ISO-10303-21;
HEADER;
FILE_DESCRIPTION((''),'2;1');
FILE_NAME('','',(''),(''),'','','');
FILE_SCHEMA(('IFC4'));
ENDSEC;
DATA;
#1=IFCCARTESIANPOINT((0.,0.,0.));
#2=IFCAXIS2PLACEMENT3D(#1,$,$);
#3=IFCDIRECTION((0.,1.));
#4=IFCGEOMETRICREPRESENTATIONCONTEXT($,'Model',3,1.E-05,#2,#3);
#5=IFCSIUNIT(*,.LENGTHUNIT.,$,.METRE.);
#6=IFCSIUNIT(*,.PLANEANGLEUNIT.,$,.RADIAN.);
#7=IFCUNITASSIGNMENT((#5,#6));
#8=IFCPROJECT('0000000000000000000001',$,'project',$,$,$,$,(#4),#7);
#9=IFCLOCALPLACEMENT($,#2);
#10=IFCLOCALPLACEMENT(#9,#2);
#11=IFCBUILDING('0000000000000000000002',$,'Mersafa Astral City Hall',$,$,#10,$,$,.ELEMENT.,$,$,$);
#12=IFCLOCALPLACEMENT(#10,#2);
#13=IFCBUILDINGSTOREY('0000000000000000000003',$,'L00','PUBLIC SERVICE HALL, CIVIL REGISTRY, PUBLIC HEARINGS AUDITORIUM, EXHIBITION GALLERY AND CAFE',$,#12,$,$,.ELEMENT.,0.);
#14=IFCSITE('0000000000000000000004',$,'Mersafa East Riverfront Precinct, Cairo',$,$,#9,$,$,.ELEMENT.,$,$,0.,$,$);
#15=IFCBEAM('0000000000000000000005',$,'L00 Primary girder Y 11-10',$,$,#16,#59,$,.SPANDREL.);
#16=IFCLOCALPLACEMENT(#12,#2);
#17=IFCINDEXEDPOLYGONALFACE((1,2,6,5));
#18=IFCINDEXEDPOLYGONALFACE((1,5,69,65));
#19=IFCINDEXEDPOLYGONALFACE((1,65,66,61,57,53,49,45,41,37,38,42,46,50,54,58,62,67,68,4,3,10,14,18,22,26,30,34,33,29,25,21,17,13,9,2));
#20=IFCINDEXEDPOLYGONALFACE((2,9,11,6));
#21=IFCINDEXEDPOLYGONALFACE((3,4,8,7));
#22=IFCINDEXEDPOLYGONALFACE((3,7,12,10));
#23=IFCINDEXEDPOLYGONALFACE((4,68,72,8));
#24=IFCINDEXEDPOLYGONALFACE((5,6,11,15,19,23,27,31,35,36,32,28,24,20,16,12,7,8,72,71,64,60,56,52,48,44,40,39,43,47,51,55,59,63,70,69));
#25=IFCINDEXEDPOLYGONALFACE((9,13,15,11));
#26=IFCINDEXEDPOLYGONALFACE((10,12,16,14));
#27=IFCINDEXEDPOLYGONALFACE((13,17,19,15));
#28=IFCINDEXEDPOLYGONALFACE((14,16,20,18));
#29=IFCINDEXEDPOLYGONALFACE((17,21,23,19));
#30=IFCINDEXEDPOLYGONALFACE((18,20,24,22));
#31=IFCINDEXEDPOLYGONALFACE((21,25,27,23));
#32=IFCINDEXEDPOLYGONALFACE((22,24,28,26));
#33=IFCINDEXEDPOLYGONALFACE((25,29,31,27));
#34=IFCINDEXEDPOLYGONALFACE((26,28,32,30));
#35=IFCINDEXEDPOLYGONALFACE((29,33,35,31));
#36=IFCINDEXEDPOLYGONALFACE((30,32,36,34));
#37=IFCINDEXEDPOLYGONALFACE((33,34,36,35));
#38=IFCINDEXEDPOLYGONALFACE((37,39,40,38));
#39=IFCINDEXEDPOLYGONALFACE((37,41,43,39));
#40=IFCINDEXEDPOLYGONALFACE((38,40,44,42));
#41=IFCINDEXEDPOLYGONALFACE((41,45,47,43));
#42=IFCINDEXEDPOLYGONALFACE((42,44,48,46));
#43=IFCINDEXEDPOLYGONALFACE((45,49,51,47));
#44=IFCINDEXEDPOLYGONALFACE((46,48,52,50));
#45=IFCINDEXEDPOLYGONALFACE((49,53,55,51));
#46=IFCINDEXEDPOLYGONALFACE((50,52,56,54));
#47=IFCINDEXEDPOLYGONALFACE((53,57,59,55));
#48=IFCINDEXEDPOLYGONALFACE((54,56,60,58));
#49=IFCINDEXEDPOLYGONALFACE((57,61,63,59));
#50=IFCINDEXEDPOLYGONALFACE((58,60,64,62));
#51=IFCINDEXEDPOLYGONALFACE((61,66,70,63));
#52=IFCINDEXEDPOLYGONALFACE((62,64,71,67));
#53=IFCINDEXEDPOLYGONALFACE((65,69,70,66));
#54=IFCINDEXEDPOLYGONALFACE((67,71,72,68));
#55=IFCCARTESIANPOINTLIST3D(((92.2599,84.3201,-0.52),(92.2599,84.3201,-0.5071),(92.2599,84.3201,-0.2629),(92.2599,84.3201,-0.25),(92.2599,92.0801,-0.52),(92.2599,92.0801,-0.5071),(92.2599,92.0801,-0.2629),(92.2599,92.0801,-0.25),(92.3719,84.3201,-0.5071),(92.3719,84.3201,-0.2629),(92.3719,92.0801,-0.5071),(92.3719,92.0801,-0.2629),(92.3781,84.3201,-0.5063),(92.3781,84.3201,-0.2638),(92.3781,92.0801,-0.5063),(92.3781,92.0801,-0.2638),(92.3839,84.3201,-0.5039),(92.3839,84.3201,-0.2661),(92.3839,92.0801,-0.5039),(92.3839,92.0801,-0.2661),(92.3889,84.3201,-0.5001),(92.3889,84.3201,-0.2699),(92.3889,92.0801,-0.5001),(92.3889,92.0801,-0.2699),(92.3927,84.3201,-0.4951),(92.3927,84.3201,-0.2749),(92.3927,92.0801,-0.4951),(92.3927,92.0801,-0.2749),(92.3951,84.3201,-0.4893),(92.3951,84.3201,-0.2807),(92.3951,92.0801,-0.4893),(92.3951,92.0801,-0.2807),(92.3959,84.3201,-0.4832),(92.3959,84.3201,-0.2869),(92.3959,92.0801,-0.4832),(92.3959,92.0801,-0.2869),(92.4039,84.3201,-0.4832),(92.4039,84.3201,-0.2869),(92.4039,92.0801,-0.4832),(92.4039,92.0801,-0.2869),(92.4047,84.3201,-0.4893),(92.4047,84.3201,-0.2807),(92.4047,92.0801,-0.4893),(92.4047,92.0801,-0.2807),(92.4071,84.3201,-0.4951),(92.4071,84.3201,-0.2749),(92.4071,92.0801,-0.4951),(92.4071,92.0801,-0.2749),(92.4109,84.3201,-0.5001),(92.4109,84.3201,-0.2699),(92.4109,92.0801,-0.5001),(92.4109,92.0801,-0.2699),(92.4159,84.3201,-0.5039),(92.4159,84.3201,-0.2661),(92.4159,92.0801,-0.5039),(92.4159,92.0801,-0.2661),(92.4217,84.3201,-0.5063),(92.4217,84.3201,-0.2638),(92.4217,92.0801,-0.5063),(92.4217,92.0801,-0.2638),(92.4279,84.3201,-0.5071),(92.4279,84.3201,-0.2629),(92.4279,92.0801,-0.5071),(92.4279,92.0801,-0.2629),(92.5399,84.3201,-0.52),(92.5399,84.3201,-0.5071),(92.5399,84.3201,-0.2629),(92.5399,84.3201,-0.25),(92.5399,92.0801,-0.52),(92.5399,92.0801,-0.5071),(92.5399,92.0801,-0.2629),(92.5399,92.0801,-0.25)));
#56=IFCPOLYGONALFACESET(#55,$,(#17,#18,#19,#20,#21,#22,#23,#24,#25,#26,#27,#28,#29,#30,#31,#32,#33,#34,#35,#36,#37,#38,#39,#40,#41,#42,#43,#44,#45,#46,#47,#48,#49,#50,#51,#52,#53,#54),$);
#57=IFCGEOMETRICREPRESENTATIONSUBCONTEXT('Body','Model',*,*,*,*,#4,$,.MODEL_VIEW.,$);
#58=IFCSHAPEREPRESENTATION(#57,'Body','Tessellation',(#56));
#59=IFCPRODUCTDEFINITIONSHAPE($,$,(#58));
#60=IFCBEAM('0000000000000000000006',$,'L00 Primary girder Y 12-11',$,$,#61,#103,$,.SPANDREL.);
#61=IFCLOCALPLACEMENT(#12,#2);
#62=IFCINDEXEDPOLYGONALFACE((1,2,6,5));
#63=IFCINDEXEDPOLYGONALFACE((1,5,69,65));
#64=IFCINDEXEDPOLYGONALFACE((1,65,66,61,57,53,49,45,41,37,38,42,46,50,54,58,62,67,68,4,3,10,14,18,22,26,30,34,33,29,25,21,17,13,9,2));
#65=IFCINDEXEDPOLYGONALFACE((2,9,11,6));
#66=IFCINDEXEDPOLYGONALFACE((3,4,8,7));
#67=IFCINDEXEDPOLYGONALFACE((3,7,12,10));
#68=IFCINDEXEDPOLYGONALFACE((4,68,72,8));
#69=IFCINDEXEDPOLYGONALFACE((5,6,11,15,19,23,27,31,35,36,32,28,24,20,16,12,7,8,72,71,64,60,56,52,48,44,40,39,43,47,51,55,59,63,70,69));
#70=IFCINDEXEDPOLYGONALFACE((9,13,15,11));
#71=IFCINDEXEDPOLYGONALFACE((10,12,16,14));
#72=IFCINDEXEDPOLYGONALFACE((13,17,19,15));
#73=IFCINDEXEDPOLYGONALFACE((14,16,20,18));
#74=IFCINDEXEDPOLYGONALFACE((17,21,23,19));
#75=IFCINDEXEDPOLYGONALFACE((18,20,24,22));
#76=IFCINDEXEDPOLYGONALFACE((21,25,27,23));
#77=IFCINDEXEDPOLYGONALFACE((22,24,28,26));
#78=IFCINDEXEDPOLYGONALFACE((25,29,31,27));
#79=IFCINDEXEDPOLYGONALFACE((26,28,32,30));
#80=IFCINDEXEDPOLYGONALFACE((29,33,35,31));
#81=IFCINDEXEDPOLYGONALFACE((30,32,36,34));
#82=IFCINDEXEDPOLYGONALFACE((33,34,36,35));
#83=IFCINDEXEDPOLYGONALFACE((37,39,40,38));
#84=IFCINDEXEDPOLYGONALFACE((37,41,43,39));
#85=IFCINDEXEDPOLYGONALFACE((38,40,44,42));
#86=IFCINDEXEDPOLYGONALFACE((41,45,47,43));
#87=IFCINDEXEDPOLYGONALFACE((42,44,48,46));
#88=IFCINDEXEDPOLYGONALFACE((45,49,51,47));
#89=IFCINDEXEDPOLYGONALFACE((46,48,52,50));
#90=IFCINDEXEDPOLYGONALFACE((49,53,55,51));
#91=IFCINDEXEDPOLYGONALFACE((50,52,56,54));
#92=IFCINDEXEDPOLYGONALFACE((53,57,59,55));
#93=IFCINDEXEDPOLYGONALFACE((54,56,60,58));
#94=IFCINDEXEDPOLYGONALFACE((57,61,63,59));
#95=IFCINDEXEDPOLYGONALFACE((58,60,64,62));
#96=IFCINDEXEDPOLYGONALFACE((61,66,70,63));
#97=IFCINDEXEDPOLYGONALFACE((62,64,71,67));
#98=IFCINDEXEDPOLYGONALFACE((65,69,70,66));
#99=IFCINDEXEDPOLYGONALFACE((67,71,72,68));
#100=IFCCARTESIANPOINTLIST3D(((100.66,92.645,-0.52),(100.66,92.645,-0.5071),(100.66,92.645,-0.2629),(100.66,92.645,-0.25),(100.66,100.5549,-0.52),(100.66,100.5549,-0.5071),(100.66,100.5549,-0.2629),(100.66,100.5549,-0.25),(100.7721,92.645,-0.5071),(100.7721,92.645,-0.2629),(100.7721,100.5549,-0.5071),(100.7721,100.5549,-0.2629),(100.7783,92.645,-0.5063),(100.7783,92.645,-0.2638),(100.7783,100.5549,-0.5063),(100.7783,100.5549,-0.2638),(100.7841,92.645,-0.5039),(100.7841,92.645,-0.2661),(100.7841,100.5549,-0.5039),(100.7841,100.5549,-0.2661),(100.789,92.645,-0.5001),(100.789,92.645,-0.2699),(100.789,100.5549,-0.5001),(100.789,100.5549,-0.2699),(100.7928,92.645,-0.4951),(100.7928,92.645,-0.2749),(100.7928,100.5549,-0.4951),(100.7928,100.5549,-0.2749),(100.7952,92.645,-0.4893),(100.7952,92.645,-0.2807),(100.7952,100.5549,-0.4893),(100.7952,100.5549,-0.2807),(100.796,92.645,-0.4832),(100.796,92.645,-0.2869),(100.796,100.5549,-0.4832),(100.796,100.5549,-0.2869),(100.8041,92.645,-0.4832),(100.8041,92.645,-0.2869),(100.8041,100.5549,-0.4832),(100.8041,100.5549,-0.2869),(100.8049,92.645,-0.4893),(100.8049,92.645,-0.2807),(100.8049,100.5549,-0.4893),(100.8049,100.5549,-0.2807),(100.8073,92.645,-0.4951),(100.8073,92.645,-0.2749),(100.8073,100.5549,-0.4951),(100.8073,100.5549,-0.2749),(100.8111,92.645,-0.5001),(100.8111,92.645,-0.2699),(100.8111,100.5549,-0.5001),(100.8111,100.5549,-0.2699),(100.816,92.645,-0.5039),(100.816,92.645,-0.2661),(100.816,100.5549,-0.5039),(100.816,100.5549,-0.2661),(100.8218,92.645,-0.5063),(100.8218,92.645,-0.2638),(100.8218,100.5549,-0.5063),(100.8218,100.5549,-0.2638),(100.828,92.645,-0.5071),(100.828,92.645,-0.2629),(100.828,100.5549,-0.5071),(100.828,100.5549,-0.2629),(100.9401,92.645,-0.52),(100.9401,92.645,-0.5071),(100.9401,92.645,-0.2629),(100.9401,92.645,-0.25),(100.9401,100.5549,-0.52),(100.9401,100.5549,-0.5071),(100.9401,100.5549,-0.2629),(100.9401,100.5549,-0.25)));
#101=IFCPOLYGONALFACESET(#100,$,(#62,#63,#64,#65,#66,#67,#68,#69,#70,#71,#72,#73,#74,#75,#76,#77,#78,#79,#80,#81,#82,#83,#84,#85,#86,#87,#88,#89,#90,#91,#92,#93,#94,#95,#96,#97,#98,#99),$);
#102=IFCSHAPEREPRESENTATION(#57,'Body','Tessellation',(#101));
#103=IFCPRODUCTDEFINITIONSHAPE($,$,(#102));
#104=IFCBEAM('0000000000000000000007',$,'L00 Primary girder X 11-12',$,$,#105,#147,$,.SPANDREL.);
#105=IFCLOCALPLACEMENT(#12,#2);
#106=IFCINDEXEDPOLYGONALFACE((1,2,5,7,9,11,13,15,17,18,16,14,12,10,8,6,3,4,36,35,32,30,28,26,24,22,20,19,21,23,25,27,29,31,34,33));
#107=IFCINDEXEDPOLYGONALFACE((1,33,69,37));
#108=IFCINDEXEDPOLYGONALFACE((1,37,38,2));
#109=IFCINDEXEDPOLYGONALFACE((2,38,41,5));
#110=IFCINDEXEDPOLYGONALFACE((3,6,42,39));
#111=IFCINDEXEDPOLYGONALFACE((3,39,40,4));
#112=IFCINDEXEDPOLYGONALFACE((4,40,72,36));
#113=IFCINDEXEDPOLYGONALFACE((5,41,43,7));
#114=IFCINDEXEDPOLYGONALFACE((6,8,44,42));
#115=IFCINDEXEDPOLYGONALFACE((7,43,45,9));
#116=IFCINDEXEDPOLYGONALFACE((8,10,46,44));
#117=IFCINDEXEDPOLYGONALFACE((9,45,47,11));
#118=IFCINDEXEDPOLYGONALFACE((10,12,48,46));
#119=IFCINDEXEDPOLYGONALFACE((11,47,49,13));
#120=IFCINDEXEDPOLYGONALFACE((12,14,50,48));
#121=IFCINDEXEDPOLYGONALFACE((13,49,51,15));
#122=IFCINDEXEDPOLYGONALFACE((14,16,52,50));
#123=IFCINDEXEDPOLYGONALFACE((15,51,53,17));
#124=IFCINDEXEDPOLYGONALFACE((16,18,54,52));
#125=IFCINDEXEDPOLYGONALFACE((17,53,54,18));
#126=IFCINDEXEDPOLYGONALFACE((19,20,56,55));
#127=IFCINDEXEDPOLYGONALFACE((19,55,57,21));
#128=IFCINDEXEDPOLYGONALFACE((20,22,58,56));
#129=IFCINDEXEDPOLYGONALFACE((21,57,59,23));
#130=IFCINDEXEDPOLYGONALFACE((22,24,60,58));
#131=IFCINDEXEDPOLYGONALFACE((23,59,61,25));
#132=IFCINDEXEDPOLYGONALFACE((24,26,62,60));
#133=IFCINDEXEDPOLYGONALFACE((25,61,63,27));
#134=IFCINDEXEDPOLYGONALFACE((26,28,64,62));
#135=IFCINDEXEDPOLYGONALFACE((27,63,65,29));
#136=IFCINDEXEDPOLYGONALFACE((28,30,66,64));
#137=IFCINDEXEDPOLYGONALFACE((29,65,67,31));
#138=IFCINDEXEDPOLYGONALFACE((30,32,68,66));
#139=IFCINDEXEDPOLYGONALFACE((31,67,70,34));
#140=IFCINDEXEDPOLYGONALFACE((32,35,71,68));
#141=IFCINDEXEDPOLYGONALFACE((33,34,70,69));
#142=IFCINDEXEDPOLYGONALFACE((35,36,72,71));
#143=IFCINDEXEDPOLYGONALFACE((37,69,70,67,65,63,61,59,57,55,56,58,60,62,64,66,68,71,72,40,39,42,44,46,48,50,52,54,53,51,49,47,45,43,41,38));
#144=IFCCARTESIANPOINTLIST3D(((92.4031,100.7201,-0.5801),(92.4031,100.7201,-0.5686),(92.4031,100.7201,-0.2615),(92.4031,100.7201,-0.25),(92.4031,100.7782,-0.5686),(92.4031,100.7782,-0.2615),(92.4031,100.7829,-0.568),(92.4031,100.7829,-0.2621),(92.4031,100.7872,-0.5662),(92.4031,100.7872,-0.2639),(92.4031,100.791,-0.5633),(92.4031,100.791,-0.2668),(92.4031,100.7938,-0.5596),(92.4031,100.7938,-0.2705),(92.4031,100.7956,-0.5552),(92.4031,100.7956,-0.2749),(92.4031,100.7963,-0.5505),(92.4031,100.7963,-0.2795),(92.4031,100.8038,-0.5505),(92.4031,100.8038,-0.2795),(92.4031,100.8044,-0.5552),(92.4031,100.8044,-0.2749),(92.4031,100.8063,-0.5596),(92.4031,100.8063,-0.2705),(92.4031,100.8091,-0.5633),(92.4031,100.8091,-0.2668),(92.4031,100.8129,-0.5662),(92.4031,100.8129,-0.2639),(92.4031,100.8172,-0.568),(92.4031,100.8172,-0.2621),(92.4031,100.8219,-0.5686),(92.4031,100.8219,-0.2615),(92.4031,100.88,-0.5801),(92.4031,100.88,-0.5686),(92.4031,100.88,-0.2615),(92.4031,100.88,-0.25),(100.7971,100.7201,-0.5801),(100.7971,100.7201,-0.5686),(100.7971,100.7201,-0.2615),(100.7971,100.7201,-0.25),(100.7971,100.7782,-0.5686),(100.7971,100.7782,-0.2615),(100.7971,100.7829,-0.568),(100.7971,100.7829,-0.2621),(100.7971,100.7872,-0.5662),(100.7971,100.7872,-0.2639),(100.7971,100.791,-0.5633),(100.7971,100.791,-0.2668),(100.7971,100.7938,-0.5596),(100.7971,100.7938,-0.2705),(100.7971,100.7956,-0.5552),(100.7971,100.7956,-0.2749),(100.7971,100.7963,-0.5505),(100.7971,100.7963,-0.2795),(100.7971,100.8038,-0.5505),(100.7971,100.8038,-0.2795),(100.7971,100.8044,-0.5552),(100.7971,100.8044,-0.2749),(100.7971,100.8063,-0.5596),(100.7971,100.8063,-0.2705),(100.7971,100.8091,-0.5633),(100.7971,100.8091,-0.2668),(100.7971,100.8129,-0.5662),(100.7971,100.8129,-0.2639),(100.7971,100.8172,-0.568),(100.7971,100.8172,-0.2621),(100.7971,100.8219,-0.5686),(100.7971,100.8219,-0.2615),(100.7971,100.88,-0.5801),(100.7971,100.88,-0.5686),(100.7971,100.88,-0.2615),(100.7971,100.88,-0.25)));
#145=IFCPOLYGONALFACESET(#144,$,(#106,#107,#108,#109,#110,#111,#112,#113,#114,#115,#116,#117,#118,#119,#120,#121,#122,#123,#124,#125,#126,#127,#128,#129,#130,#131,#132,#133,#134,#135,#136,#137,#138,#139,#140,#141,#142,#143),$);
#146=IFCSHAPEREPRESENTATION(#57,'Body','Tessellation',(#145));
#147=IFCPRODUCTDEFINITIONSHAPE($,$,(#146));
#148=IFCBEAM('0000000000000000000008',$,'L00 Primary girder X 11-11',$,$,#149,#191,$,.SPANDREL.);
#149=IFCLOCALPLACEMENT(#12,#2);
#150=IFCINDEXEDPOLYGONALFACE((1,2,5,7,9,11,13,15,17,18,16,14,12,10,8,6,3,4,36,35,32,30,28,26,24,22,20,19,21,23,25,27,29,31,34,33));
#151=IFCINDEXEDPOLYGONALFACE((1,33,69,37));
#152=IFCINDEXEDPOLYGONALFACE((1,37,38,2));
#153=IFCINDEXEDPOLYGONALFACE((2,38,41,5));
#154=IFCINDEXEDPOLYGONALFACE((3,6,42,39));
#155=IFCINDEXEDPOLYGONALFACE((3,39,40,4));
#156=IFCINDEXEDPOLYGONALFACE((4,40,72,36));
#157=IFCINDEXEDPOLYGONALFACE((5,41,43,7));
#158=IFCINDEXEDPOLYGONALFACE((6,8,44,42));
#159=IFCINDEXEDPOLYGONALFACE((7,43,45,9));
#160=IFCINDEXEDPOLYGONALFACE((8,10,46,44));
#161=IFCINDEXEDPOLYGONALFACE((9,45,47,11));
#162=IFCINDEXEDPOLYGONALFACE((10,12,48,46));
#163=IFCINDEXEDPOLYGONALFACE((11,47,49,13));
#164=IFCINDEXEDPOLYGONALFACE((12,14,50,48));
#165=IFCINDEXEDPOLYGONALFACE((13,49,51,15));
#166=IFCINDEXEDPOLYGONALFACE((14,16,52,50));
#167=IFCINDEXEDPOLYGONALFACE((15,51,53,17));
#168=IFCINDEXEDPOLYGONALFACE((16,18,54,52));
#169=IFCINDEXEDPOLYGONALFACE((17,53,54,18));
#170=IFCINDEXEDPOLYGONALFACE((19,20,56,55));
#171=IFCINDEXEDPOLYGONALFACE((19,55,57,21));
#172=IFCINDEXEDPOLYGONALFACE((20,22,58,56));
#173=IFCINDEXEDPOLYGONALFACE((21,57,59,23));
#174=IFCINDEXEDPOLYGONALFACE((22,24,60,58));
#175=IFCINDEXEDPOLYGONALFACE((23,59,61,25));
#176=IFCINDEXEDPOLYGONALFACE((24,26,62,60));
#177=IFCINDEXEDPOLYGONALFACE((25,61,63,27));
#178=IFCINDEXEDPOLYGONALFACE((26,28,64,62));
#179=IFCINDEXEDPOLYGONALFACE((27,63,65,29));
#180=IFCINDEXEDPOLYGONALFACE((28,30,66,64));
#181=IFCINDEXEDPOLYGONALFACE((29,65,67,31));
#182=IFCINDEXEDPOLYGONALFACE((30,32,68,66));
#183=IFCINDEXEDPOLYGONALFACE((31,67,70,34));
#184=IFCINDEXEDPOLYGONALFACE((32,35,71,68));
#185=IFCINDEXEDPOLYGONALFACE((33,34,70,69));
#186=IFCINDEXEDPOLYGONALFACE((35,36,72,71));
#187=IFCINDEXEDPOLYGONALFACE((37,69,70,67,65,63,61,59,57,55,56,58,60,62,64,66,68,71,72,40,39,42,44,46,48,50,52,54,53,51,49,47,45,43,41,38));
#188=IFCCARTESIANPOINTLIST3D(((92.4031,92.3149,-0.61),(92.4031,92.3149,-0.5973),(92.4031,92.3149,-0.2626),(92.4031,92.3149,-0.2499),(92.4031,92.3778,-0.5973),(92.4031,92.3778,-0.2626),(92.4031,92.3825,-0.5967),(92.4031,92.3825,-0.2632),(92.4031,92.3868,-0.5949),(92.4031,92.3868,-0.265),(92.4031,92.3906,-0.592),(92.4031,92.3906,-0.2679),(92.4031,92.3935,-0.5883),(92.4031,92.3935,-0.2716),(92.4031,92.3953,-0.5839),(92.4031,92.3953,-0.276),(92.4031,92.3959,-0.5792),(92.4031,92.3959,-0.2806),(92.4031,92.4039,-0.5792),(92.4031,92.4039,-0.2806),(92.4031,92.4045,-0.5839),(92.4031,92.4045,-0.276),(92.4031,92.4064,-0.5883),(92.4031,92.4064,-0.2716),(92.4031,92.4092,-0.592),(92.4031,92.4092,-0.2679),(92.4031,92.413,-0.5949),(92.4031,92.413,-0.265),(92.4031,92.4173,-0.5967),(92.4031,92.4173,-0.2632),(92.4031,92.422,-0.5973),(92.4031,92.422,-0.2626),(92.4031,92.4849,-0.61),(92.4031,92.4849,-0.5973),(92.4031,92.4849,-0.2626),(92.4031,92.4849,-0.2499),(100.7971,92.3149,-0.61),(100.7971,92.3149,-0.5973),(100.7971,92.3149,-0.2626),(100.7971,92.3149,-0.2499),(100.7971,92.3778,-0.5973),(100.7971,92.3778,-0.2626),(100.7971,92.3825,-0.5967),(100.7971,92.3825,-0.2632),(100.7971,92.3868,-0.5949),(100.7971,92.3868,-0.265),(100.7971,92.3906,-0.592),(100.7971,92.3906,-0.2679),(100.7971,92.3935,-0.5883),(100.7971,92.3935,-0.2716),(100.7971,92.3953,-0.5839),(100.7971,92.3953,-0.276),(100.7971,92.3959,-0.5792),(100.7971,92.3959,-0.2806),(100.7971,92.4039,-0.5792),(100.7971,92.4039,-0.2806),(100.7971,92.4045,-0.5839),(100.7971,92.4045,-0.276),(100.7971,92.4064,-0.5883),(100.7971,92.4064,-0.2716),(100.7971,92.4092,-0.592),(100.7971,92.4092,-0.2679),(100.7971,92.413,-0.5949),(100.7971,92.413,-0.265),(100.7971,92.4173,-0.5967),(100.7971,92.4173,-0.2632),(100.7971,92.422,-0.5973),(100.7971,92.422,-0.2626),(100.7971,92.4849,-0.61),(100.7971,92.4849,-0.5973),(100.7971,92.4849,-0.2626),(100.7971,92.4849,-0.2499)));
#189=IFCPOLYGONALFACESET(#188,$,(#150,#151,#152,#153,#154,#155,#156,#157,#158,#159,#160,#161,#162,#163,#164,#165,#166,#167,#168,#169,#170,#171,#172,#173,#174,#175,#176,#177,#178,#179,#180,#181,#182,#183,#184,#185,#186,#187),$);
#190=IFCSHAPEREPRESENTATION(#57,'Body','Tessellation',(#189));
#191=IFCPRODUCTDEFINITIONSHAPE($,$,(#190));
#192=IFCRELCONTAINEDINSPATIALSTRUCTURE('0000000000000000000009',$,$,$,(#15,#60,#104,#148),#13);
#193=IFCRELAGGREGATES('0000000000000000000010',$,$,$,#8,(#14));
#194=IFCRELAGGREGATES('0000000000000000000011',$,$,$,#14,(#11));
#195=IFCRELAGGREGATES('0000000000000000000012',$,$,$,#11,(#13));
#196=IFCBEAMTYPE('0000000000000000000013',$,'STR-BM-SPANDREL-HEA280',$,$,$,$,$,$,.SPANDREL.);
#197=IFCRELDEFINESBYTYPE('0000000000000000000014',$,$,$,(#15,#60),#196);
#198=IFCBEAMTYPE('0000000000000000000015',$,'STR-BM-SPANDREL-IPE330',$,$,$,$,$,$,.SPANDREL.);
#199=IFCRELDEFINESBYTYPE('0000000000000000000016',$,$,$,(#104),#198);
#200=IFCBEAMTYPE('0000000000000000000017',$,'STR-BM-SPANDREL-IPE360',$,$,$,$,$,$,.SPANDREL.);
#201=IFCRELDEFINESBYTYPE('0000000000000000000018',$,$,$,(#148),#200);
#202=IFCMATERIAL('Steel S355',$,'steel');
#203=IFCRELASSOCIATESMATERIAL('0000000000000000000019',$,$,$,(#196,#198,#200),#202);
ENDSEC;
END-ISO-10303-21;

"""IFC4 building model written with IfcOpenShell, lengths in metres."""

from ifc_helpers import new_model, si_unit, direction, frame, origin, origin_2d, place, context, subcontext, project, spatial, i_section, extrude, material, material_profile, profile_set, type_object, element, save


model = new_model("IFC4")

# Units and contexts
model_context = context("Model", 3, precision=1e-05, world=origin(), true_north=direction((0.0, 1.0)))
body_context = subcontext(model_context, "Body", "Model", "MODEL_VIEW")
ifc_project = project(units=[si_unit("LENGTHUNIT", "METRE"), si_unit("PLANEANGLEUNIT", "RADIAN")], contexts=[model_context])

# Site, building, storey
site_placement = place(None, origin())
site = spatial("IfcSite", under=ifc_project, at=site_placement, Name="Mersafa East Riverfront Precinct, Cairo", CompositionType="ELEMENT", RefElevation=0.0)
building_placement = place(site_placement, origin())
building = spatial("IfcBuilding", under=site, at=building_placement, Name="Mersafa Astral City Hall", CompositionType="ELEMENT")
storey_placement = place(building_placement, origin())
storey = spatial("IfcBuildingStorey", under=building, at=storey_placement, Name="L00", Description="PUBLIC SERVICE HALL, CIVIL REGISTRY, PUBLIC HEARINGS AUDITORIUM, EXHIBITION GALLERY AND CAFE", CompositionType="ELEMENT", Elevation=0.0)

# Shared definitions
ifc_material_1 = material(Name="Steel S355", Category="steel")

# Beams
ifc_material_profile_1 = material_profile(ifc_material_1, i_section(OverallWidth=0.28, OverallDepth=0.27, WebThickness=0.0081, FlangeThickness=0.0129, FilletRadius=0.0239, at=origin_2d()), Name="HEA 280")
ifc_profile_set_1 = profile_set([ifc_material_profile_1], Name="Steel S355")
beam_type_1 = type_object("IfcBeamType", Name="STR-BM-SPANDREL-HEA280", PredefinedType="SPANDREL", material=ifc_profile_set_1)
beam_1_placement = place(storey_placement, frame((92.3999, 84.3201, -0.385), z_axis=(0.0, 1.0, 0.0), x_axis=(-1.0, 0.0, 0.0)))
element("IfcBeam", 1, at=beam_1_placement, inside=storey, type_object=beam_type_1, Name="L00 Primary girder Y 11-10", PredefinedType="SPANDREL", context=body_context, shape_type="SweptSolid", body=[
    extrude(i_section(OverallWidth=0.28, OverallDepth=0.27, WebThickness=0.0081, FlangeThickness=0.0129, FilletRadius=0.0239, at=origin_2d()), origin(), (0.0, 0.0, 1.0), 7.76),
])
beam_2_placement = place(storey_placement, frame((100.8, 92.645, -0.385), z_axis=(0.0, 1.0, 0.0), x_axis=(-1.0, 0.0, 0.0)))
element("IfcBeam", 2, at=beam_2_placement, inside=storey, type_object=beam_type_1, Name="L00 Primary girder Y 12-11", PredefinedType="SPANDREL", context=body_context, shape_type="SweptSolid", body=[
    extrude(i_section(OverallWidth=0.28, OverallDepth=0.27, WebThickness=0.0081, FlangeThickness=0.0129, FilletRadius=0.0239, at=origin_2d()), origin(), (0.0, 0.0, 1.0), 7.9099),
])
ifc_material_profile_2 = material_profile(ifc_material_1, i_section(OverallWidth=0.1599, OverallDepth=0.3301, WebThickness=0.0076, FlangeThickness=0.0115, FilletRadius=0.0181, at=origin_2d()), Name="IPE 330")
ifc_profile_set_2 = profile_set([ifc_material_profile_2], Name="Steel S355")
beam_type_2 = type_object("IfcBeamType", Name="STR-BM-SPANDREL-IPE330", PredefinedType="SPANDREL", material=ifc_profile_set_2)
beam_3_placement = place(storey_placement, frame((92.4031, 100.8, -0.415), z_axis=(1.0, 0.0, 0.0), x_axis=(0.0, 1.0, 0.0)))
element("IfcBeam", 3, at=beam_3_placement, inside=storey, type_object=beam_type_2, Name="L00 Primary girder X 11-12", PredefinedType="SPANDREL", context=body_context, shape_type="SweptSolid", body=[
    extrude(i_section(OverallWidth=0.1599, OverallDepth=0.3301, WebThickness=0.0076, FlangeThickness=0.0115, FilletRadius=0.0181, at=origin_2d()), origin(), (0.0, 0.0, 1.0), 8.394),
])
ifc_material_profile_3 = material_profile(ifc_material_1, i_section(OverallWidth=0.1699, OverallDepth=0.3601, WebThickness=0.0081, FlangeThickness=0.0127, FilletRadius=0.0181, at=origin_2d()), Name="IPE 360")
ifc_profile_set_3 = profile_set([ifc_material_profile_3], Name="Steel S355")
beam_type_3 = type_object("IfcBeamType", Name="STR-BM-SPANDREL-IPE360", PredefinedType="SPANDREL", material=ifc_profile_set_3)
beam_4_placement = place(storey_placement, frame((92.4031, 92.3999, -0.4299), z_axis=(1.0, 0.0, 0.0), x_axis=(0.0, 1.0, 0.0)))
element("IfcBeam", 4, at=beam_4_placement, inside=storey, type_object=beam_type_3, Name="L00 Primary girder X 11-11", PredefinedType="SPANDREL", context=body_context, shape_type="SweptSolid", body=[
    extrude(i_section(OverallWidth=0.1699, OverallDepth=0.3601, WebThickness=0.0081, FlangeThickness=0.0127, FilletRadius=0.0181, at=origin_2d()), origin(), (0.0, 0.0, 1.0), 8.394),
])

save(model, "model.ifc")
